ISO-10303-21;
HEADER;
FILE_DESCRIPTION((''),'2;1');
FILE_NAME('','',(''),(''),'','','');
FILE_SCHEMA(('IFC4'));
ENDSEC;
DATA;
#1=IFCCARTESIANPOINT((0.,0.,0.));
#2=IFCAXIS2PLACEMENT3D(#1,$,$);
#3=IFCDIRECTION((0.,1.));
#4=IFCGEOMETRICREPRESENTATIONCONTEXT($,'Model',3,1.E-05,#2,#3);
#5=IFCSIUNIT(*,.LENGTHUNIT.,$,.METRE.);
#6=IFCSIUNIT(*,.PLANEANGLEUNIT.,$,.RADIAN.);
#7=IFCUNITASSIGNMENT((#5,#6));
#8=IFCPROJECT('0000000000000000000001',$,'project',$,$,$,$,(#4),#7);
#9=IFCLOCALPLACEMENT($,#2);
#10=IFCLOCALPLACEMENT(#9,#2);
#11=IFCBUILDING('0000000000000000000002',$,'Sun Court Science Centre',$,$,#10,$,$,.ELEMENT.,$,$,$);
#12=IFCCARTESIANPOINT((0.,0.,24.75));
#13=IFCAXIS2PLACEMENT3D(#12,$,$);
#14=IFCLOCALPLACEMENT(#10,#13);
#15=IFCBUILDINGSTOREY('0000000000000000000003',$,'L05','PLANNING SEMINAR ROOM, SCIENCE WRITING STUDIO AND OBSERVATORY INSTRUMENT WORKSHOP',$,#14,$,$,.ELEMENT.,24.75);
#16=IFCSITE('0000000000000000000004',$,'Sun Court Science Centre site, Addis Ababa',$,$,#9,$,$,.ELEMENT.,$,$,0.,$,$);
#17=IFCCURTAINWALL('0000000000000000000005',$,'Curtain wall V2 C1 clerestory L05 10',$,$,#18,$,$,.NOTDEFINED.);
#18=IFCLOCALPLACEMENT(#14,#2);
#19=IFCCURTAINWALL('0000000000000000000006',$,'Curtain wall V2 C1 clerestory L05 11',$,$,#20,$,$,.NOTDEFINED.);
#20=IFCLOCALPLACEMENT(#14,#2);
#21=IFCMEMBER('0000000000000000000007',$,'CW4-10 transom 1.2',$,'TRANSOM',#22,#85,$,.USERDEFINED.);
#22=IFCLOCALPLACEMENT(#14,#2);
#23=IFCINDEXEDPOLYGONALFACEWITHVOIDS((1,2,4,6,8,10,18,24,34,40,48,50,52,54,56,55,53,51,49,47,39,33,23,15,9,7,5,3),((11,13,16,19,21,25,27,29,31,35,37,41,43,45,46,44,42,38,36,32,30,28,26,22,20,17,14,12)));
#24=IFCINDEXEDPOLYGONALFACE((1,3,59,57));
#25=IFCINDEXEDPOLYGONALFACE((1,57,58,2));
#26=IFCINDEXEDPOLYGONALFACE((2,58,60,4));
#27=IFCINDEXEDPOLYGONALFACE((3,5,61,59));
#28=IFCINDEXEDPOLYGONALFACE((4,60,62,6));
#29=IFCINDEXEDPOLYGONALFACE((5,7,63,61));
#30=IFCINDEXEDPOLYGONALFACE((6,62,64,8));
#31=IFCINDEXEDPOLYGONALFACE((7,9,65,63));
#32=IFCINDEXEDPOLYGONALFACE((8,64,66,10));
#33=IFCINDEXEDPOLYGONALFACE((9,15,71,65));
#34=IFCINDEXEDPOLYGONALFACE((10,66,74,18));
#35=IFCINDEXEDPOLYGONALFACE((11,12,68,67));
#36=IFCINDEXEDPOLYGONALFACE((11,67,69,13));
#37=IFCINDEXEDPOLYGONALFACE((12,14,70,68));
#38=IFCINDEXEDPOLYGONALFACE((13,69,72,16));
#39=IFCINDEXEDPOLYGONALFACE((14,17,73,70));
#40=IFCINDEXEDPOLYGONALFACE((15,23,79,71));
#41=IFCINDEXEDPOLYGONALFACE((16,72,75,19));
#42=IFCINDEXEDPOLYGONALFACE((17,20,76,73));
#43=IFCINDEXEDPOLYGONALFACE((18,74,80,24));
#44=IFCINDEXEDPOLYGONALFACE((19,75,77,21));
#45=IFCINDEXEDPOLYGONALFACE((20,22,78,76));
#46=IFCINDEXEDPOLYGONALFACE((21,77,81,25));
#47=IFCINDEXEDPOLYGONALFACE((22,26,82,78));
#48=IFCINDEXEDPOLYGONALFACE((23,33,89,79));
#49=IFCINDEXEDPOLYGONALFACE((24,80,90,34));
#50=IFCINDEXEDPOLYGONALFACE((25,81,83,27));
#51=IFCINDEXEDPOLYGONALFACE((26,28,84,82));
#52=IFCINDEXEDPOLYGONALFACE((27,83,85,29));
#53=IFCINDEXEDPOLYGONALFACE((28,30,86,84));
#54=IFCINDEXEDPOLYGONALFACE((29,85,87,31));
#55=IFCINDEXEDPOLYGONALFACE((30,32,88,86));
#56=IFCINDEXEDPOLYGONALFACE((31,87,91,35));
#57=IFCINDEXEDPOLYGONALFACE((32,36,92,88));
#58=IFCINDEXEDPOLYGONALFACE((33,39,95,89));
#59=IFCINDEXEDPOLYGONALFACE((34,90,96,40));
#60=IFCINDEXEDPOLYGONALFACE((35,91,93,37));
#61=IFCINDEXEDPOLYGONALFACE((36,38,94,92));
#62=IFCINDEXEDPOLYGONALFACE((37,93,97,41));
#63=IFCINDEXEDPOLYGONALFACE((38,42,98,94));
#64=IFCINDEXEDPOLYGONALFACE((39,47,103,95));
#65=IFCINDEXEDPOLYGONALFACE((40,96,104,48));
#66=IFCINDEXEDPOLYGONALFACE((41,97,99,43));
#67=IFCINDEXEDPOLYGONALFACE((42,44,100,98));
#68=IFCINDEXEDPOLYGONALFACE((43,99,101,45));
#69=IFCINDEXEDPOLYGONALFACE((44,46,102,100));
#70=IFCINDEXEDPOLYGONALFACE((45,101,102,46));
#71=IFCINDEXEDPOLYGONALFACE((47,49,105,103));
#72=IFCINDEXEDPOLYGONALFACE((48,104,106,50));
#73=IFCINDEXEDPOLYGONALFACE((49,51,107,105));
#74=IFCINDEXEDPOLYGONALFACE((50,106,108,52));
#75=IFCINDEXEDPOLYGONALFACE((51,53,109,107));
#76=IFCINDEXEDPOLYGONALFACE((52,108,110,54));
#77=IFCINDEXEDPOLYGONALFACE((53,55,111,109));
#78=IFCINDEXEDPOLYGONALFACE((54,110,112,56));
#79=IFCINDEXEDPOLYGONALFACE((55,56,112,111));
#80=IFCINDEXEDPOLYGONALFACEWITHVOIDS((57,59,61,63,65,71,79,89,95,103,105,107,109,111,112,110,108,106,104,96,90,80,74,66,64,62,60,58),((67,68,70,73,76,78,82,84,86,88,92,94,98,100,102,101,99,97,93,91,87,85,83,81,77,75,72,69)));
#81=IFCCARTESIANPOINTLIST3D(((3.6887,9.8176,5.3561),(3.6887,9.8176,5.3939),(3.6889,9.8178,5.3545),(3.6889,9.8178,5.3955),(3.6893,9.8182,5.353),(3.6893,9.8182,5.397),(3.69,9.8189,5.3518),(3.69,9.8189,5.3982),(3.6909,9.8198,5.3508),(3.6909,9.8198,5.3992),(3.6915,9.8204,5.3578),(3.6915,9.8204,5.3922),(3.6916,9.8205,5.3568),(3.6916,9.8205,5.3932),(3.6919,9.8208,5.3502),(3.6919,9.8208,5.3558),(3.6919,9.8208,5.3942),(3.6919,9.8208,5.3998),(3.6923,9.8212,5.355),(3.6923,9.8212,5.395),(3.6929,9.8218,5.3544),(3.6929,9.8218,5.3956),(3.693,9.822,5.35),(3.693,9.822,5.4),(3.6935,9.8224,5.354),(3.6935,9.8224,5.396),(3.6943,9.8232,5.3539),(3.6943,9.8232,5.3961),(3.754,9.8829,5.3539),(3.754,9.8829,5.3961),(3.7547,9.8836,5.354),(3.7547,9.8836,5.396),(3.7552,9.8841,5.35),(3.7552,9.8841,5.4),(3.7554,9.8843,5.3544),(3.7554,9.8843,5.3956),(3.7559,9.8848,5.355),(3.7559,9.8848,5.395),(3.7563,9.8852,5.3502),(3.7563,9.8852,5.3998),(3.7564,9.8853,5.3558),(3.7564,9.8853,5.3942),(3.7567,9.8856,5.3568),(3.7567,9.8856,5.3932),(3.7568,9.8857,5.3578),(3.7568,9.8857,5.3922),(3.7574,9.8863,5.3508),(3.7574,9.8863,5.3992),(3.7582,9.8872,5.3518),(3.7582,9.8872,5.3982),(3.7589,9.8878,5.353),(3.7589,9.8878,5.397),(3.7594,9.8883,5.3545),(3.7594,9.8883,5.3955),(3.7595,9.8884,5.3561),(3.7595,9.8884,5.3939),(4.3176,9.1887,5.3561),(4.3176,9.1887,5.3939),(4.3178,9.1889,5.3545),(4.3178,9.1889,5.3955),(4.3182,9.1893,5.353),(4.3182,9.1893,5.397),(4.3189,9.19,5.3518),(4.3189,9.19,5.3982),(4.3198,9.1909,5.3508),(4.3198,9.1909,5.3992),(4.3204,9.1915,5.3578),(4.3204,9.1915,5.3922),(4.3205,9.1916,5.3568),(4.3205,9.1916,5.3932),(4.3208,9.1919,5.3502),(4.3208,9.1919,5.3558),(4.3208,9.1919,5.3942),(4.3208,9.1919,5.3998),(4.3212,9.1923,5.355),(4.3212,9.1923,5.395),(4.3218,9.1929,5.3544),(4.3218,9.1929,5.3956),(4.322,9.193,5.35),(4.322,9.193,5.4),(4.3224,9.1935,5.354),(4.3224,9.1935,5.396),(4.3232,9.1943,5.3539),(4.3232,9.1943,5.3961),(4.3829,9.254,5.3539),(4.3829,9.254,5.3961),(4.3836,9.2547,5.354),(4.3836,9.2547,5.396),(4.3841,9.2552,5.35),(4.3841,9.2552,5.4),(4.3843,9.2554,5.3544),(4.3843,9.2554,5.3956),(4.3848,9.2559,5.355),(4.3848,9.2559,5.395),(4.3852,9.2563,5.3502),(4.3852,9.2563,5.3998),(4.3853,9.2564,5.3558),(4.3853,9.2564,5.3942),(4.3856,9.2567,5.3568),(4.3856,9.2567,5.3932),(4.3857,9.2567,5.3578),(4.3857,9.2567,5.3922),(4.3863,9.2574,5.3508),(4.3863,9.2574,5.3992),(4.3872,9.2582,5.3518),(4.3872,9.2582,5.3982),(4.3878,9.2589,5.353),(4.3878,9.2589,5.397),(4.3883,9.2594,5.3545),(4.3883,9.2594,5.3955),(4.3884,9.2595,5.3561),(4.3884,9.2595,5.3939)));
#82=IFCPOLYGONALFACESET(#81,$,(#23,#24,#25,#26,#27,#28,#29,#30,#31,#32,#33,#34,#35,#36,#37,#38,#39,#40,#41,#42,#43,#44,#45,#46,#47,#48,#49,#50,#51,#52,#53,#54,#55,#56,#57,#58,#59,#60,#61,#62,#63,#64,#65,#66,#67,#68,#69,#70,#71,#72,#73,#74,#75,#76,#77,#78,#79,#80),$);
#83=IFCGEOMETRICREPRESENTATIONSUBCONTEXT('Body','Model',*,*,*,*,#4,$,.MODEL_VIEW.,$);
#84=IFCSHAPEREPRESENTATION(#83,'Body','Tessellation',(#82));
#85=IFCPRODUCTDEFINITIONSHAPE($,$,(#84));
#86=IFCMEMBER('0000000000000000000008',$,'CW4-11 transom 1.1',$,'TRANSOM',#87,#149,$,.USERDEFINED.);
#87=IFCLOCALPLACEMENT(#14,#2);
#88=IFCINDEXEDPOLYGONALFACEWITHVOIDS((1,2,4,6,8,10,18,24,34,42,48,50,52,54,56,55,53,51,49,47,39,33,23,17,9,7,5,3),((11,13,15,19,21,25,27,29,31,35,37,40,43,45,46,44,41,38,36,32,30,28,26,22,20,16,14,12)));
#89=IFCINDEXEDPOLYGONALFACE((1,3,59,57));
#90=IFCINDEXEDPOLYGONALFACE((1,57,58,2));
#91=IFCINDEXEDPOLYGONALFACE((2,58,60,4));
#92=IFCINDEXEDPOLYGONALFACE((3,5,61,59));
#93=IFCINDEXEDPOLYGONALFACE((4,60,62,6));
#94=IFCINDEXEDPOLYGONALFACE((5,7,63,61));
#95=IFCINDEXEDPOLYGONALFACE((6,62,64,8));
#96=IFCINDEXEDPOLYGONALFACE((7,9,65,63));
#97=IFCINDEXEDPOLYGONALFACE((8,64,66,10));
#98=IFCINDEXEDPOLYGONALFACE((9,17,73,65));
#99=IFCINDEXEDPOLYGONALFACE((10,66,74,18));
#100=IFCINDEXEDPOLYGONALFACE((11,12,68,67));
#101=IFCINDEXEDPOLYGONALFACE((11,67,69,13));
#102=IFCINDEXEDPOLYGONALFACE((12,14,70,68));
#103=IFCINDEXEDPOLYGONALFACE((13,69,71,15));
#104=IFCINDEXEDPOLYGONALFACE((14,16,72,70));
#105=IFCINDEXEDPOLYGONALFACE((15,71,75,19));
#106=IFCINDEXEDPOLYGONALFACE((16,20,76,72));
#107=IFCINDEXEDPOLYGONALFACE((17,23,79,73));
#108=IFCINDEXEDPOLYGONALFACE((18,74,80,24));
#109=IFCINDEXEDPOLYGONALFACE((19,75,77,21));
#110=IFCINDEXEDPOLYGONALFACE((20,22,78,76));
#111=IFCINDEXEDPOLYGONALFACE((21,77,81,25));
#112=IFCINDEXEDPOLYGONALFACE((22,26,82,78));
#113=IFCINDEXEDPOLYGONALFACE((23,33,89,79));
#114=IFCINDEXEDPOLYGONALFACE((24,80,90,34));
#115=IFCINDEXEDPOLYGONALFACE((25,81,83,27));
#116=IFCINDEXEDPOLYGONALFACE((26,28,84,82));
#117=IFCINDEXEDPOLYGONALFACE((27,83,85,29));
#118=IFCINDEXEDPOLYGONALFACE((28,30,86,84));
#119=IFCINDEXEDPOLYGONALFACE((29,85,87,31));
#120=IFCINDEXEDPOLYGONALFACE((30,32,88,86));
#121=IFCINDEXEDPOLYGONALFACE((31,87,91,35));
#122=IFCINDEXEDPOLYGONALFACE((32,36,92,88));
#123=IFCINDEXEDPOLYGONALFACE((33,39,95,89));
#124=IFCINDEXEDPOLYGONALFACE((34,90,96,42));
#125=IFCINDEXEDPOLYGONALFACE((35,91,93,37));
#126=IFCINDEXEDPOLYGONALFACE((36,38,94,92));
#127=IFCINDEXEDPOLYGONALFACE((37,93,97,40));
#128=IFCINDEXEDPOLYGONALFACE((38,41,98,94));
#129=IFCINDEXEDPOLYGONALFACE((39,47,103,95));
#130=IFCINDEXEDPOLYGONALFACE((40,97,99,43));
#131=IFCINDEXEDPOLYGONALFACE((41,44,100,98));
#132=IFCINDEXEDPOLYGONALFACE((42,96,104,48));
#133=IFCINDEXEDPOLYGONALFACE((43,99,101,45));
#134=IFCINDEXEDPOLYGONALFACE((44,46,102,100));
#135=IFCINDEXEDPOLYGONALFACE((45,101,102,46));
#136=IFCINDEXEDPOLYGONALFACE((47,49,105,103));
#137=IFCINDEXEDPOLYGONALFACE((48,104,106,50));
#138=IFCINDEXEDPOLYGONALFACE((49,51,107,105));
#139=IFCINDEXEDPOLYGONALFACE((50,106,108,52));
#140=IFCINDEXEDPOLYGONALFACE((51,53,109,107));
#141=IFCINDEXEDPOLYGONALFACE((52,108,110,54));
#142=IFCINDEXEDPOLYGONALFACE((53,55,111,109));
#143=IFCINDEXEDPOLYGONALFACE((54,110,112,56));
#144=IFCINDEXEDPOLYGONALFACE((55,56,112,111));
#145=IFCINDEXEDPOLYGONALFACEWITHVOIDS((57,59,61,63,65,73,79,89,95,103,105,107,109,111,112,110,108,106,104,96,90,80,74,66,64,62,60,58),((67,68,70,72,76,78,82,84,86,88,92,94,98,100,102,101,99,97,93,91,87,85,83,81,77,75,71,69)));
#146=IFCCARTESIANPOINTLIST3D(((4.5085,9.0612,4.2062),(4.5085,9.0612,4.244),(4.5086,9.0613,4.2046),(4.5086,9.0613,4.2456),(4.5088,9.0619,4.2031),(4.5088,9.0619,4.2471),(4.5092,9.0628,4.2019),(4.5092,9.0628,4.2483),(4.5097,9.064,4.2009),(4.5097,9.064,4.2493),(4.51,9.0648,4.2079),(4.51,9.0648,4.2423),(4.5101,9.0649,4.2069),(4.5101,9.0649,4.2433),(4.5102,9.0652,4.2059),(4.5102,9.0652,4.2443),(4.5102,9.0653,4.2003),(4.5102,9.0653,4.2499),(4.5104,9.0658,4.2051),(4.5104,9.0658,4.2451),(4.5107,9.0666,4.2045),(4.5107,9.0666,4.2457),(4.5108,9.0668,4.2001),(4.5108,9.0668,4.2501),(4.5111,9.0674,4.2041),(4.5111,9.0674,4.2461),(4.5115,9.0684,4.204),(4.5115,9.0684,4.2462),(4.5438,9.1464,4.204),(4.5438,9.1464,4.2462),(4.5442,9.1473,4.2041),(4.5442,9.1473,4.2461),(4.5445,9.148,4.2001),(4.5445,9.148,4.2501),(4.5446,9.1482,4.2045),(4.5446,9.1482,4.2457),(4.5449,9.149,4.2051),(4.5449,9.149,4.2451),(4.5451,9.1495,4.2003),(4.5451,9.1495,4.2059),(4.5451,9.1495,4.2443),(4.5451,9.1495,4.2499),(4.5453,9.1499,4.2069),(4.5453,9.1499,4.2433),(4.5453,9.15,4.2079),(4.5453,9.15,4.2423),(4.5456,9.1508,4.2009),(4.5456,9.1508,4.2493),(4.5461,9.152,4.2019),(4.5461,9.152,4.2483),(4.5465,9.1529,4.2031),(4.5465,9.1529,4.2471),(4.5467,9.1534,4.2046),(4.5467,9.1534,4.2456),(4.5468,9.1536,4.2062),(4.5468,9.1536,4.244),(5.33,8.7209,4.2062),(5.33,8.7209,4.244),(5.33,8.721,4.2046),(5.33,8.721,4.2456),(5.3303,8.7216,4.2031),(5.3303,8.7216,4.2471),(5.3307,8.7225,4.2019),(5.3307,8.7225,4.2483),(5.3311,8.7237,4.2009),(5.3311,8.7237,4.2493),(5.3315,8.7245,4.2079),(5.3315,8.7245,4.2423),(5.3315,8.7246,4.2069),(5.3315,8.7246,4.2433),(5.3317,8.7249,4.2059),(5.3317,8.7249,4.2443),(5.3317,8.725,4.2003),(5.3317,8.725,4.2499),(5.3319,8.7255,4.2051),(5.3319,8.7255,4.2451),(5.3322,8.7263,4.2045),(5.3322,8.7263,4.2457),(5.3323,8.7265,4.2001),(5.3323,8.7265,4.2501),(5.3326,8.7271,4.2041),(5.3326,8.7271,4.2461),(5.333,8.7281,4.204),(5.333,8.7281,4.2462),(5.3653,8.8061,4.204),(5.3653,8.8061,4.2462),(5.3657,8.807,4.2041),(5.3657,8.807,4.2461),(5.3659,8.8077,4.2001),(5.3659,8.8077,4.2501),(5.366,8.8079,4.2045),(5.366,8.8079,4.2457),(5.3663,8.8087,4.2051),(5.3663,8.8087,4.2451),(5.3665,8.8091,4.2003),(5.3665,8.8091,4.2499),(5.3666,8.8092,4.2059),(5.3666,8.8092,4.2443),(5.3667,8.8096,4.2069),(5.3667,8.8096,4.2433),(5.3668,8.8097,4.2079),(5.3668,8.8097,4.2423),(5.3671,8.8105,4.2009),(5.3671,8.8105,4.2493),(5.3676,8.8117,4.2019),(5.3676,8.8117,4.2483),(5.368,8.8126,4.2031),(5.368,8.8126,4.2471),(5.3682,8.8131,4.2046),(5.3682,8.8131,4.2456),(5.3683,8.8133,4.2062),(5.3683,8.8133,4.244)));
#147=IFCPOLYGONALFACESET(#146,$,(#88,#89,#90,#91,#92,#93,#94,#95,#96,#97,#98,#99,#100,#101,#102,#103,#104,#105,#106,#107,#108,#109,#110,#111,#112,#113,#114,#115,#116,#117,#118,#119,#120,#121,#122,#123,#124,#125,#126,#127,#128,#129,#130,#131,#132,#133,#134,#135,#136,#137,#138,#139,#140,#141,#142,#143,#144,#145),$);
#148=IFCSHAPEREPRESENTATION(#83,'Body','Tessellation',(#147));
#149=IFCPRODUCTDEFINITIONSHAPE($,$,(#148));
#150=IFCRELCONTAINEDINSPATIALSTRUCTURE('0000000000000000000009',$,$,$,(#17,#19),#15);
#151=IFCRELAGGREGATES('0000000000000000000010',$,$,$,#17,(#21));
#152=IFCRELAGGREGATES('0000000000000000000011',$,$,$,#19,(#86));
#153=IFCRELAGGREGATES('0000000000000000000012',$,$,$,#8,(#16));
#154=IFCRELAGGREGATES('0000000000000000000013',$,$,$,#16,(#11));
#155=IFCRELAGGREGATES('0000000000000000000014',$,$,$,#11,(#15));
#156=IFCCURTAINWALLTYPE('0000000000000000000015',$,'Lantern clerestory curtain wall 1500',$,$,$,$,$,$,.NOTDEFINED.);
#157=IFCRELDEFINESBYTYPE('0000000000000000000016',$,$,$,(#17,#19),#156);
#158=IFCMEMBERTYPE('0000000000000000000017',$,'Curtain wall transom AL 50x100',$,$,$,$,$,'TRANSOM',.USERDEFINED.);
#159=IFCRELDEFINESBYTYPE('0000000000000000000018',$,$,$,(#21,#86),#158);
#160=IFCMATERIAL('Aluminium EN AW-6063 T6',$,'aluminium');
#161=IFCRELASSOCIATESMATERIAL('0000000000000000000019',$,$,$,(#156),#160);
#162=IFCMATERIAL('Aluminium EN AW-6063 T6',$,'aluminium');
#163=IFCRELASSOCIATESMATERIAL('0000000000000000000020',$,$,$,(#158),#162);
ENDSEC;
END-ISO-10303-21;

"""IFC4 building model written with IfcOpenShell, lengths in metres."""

from ifc_helpers import new_model, si_unit, direction, frame, origin, origin_2d, place, context, subcontext, project, spatial, hollow_rectangle, extrude, material, material_profile, profile_set, type_object, element, aggregate, save


model = new_model("IFC4")

# Units and contexts
model_context = context("Model", 3, precision=1e-05, world=origin(), true_north=direction((0.0, 1.0)))
body_context = subcontext(model_context, "Body", "Model", "MODEL_VIEW")
ifc_project = project(units=[si_unit("LENGTHUNIT", "METRE"), si_unit("PLANEANGLEUNIT", "RADIAN")], contexts=[model_context])

# Site, building, storey
site_placement = place(None, origin())
site = spatial("IfcSite", under=ifc_project, at=site_placement, Name="Sun Court Science Centre site, Addis Ababa", CompositionType="ELEMENT", RefElevation=0.0)
building_placement = place(site_placement, origin())
building = spatial("IfcBuilding", under=site, at=building_placement, Name="Sun Court Science Centre", CompositionType="ELEMENT")
storey_placement = place(building_placement, frame((0.0, 0.0, 24.75)))
storey = spatial("IfcBuildingStorey", under=building, at=storey_placement, Name="L05", Description="PLANNING SEMINAR ROOM, SCIENCE WRITING STUDIO AND OBSERVATORY INSTRUMENT WORKSHOP", CompositionType="ELEMENT", Elevation=24.75)

# Curtain walls
ifc_material_1 = material(Name="Aluminium EN AW-6063 T6", Category="aluminium")
curtain_wall_type = type_object("IfcCurtainWallType", Name="Lantern clerestory curtain wall 1500", PredefinedType="NOTDEFINED", material=ifc_material_1)
curtain_wall_1_placement = place(storey_placement, origin())
curtain_wall_1 = element("IfcCurtainWall", 1, at=curtain_wall_1_placement, inside=storey, type_object=curtain_wall_type, Name="Curtain wall V2 C1 clerestory L05 10", PredefinedType="NOTDEFINED")
curtain_wall_2_placement = place(storey_placement, origin())
curtain_wall_2 = element("IfcCurtainWall", 2, at=curtain_wall_2_placement, inside=storey, type_object=curtain_wall_type, Name="Curtain wall V2 C1 clerestory L05 11", PredefinedType="NOTDEFINED")

# Shared definitions
ifc_material_2 = material(Name="Aluminium EN AW-6063 T6", Category="aluminium")
ifc_material_profile_1 = material_profile(ifc_material_2, hollow_rectangle(XDim=0.05, YDim=0.1001, WallThickness=0.0039, InnerFilletRadius=0.0039, OuterFilletRadius=0.0061, at=origin_2d()), Name="AL 50x100x4")
ifc_profile_set_1 = profile_set([ifc_material_profile_1], Name="Aluminium EN AW-6063 T6")
member_type_1 = type_object("IfcMemberType", Name="Curtain wall transom AL 50x100", ElementType="TRANSOM", PredefinedType="USERDEFINED", material=ifc_profile_set_1)

# Members
member_1_placement = place(storey_placement, frame((4.353, 9.2241, 5.375), z_axis=(-0.707107, 0.707107, 0.0), x_axis=(0.0, 0.0, 1.0)))
member_1 = element("IfcMember", 3, at=member_1_placement, type_object=member_type_1, Name="CW4-10 transom 1.2", ObjectType="TRANSOM", PredefinedType="USERDEFINED", context=body_context, shape_type="SweptSolid", body=[
    extrude(hollow_rectangle(XDim=0.05, YDim=0.1001, WallThickness=0.0039, InnerFilletRadius=0.0039, OuterFilletRadius=0.0061, at=origin_2d()), origin(), (0.0, 0.0, 1.0), 0.8894),
])
member_2_placement = place(storey_placement, frame((5.3491, 8.7671, 4.2251), z_axis=(-0.923863, 0.382724, 0.0), x_axis=(0.0, 0.0, 1.0)))
member_2 = element("IfcMember", 4, at=member_2_placement, type_object=member_type_1, Name="CW4-11 transom 1.1", ObjectType="TRANSOM", PredefinedType="USERDEFINED", context=body_context, shape_type="SweptSolid", body=[
    extrude(hollow_rectangle(XDim=0.05, YDim=0.1001, WallThickness=0.0039, InnerFilletRadius=0.0039, OuterFilletRadius=0.0061, at=origin_2d()), origin(), (0.0, 0.0, 1.0), 0.8892),
])

aggregate(curtain_wall_1, [member_1])
aggregate(curtain_wall_2, [member_2])

save(model, "model.ifc")
